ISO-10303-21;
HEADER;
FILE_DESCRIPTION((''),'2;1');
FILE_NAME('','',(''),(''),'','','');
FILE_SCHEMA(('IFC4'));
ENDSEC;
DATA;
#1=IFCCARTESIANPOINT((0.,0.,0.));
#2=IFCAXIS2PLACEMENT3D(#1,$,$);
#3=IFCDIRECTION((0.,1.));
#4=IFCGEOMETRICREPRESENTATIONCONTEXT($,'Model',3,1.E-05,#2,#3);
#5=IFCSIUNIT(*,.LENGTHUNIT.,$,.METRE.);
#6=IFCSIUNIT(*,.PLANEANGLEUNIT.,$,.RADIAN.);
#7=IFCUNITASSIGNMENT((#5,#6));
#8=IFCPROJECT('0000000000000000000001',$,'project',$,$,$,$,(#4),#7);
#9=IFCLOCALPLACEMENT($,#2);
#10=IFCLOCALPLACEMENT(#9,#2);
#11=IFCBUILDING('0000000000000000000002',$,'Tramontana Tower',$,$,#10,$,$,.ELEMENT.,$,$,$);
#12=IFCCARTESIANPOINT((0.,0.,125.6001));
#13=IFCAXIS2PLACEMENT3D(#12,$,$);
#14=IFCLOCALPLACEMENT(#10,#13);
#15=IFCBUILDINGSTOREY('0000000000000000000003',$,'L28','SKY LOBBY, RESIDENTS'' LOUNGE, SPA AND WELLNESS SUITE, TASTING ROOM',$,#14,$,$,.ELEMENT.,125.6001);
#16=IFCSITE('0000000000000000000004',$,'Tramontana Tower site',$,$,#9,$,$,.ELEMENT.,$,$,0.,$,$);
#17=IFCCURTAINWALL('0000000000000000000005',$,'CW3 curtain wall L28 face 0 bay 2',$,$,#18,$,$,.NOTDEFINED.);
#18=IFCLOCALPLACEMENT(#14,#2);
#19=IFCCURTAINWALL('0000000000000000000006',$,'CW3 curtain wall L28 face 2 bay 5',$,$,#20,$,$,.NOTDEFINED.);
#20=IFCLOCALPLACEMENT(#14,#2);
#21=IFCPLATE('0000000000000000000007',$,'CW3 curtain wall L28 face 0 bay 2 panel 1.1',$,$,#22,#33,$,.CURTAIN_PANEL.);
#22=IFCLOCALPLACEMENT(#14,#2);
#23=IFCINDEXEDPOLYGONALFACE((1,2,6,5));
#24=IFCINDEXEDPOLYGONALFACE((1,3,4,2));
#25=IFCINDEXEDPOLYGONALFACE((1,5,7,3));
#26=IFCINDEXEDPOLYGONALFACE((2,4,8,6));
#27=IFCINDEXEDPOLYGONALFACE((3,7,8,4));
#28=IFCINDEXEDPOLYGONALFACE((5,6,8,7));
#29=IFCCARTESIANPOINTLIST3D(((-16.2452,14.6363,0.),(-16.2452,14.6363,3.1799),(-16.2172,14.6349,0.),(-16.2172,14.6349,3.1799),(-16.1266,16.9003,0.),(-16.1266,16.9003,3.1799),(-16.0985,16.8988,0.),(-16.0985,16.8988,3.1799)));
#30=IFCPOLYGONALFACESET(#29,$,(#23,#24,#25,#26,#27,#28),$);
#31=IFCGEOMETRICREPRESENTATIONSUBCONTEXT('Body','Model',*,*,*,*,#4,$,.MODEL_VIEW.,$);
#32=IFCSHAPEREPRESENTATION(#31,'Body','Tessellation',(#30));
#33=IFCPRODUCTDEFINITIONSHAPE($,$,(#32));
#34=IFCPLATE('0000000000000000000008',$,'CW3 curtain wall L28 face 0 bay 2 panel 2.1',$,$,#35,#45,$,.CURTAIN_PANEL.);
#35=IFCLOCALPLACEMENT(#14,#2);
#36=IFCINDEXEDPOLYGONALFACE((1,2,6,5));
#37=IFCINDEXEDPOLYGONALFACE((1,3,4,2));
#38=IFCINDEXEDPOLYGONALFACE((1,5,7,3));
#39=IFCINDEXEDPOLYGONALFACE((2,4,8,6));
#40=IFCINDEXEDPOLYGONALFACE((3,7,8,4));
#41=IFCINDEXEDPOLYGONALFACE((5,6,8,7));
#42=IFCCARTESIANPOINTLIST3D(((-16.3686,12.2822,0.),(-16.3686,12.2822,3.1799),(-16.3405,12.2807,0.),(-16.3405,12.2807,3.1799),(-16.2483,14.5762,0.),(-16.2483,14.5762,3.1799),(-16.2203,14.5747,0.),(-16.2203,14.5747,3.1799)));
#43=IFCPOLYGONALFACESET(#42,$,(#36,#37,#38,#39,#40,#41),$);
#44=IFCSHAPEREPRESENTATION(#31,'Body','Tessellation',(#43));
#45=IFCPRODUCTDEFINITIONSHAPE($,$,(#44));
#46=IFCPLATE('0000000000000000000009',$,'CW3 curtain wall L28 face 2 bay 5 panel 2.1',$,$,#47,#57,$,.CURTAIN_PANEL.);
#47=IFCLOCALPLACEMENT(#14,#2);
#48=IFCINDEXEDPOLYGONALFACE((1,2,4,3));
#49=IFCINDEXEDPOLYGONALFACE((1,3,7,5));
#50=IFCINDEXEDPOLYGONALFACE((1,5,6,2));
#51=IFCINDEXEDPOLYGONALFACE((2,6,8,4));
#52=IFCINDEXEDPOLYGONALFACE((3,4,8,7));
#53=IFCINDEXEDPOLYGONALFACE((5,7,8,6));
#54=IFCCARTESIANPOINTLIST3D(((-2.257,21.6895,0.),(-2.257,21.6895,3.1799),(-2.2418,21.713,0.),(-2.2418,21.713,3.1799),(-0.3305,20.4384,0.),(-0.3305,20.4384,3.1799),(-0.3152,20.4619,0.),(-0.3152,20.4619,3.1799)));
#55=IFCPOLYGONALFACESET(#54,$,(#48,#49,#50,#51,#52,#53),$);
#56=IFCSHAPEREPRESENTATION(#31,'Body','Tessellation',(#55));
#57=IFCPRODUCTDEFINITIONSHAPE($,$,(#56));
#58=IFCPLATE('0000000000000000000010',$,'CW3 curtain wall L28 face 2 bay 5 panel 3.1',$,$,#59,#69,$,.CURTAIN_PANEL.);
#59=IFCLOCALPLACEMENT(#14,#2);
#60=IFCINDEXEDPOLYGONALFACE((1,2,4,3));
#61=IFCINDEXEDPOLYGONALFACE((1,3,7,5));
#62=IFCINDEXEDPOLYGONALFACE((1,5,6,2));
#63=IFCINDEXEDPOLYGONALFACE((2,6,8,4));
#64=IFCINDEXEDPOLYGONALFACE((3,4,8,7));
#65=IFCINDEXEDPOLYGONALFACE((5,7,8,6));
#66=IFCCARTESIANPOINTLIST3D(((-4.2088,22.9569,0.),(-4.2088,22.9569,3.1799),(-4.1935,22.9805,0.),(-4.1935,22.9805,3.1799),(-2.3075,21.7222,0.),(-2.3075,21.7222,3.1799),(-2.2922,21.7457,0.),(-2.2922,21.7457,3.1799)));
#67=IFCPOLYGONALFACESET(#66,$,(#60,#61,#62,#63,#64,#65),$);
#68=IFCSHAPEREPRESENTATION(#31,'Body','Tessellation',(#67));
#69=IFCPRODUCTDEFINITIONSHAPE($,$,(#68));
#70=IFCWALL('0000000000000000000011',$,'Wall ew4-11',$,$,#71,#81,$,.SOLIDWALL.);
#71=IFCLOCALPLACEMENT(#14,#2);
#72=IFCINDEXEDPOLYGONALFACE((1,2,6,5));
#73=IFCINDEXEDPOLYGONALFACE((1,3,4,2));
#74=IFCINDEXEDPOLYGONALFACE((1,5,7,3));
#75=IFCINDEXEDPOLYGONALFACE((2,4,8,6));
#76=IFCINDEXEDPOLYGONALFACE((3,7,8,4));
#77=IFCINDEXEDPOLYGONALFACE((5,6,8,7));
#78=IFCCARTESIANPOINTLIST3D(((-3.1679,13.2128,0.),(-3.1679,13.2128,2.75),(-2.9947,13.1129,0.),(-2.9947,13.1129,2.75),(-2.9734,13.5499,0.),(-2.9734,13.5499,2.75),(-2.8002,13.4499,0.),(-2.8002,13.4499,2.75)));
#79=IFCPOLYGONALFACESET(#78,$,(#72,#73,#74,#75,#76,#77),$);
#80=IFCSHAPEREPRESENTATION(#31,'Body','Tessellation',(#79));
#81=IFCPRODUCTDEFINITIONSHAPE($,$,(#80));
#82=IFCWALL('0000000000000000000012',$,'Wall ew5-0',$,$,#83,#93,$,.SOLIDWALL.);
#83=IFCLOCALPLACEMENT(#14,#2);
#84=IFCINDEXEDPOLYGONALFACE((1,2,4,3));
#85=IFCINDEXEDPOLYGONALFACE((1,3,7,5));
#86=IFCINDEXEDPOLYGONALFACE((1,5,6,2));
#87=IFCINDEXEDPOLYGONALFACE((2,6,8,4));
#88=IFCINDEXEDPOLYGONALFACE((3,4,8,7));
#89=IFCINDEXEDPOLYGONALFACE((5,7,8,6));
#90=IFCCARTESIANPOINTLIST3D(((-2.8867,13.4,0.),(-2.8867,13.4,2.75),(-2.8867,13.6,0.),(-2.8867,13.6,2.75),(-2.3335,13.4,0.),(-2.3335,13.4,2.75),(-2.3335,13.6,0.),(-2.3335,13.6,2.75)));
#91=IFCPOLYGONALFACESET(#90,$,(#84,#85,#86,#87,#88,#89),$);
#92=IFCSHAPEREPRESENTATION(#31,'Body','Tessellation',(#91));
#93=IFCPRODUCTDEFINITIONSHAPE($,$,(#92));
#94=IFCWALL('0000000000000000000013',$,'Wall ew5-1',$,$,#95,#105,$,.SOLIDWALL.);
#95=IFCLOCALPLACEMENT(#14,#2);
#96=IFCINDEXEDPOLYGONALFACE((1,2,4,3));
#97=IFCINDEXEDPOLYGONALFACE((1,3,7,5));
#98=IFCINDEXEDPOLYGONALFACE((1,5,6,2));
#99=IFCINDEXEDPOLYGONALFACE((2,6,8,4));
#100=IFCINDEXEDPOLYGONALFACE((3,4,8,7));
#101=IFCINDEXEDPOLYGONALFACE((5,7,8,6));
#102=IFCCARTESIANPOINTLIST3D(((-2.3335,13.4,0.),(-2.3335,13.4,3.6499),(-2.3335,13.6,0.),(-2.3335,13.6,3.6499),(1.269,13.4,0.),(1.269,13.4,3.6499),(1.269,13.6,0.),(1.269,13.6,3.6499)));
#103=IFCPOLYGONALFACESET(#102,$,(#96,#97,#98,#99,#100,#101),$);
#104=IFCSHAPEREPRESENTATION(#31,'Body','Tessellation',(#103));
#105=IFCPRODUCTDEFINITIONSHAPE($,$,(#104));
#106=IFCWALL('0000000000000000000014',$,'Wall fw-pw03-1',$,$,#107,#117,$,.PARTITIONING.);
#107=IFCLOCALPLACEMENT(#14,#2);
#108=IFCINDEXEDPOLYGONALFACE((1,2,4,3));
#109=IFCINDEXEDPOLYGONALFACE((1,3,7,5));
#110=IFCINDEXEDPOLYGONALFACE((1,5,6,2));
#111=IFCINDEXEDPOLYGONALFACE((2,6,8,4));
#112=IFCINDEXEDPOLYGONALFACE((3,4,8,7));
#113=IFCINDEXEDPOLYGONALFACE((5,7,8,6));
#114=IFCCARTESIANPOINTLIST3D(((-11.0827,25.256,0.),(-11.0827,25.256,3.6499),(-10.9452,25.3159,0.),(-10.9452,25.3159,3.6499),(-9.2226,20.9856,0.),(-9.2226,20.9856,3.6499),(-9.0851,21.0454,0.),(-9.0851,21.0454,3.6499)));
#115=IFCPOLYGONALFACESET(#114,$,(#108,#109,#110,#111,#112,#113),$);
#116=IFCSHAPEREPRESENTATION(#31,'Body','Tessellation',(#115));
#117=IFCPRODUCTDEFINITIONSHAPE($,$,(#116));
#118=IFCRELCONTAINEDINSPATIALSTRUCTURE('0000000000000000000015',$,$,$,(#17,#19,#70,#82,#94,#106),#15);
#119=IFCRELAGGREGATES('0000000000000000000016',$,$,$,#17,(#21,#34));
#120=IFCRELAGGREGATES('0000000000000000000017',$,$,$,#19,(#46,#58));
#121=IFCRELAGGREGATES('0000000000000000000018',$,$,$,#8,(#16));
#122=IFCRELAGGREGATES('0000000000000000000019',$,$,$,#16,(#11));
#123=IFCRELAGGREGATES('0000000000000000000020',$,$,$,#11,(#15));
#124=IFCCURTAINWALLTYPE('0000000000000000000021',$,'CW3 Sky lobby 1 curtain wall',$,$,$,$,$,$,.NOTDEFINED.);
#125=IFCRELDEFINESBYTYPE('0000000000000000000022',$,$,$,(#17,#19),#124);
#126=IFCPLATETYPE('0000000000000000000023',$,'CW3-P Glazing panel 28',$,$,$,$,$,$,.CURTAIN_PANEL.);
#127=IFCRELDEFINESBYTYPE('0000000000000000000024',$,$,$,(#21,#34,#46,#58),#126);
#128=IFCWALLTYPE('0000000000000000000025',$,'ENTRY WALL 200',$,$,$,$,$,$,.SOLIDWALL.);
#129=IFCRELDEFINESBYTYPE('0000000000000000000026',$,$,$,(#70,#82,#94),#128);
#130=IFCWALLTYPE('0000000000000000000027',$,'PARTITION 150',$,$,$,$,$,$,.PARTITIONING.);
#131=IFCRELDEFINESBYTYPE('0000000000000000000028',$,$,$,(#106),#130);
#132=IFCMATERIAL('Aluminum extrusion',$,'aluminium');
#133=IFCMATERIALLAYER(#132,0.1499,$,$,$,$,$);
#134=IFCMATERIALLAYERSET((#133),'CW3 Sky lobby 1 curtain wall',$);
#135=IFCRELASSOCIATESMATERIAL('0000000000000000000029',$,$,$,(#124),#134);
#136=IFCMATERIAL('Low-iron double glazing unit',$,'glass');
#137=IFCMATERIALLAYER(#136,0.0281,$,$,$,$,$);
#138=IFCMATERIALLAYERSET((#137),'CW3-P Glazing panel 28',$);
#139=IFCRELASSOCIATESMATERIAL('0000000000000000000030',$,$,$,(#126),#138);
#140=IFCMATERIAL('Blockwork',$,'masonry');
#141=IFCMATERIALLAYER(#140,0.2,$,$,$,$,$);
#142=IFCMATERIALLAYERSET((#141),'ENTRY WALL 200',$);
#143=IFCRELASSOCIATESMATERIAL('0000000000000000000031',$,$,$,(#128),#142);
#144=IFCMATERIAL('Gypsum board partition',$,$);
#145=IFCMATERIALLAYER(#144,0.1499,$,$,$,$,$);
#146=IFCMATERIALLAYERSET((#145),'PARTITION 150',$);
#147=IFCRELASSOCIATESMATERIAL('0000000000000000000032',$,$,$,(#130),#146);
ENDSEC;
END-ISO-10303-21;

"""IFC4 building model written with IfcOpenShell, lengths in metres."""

from ifc_helpers import new_model, si_unit, direction, frame, frame_2d, origin, origin_2d, place, context, subcontext, project, spatial, rectangle, extrude, material, layer, layer_set, type_object, element, aggregate, save


model = new_model("IFC4")

# Units and contexts
model_context = context("Model", 3, precision=1e-05, world=origin(), true_north=direction((0.0, 1.0)))
body_context = subcontext(model_context, "Body", "Model", "MODEL_VIEW")
ifc_project = project(units=[si_unit("LENGTHUNIT", "METRE"), si_unit("PLANEANGLEUNIT", "RADIAN")], contexts=[model_context])

# Site, building, storey
site_placement = place(None, origin())
site = spatial("IfcSite", under=ifc_project, at=site_placement, Name="Tramontana Tower site", CompositionType="ELEMENT", RefElevation=0.0)
building_placement = place(site_placement, origin())
building = spatial("IfcBuilding", under=site, at=building_placement, Name="Tramontana Tower", CompositionType="ELEMENT")
storey_placement = place(building_placement, frame((0.0, 0.0, 125.6001)))
storey = spatial("IfcBuildingStorey", under=building, at=storey_placement, Name="L28", Description="SKY LOBBY, RESIDENTS' LOUNGE, SPA AND WELLNESS SUITE, TASTING ROOM", CompositionType="ELEMENT", Elevation=125.6001)

# Curtain wall
ifc_material_1 = material(Name="Aluminum extrusion", Category="aluminium")
ifc_layer_1 = layer(ifc_material_1, 0.1499)
ifc_layer_set_1 = layer_set([ifc_layer_1], Name="CW3 Sky lobby 1 curtain wall")
curtain_wall_type = type_object("IfcCurtainWallType", Name="CW3 Sky lobby 1 curtain wall", PredefinedType="NOTDEFINED", material=ifc_layer_set_1)
curtain_wall_1_placement = place(storey_placement, origin())
curtain_wall_1 = element("IfcCurtainWall", 1, at=curtain_wall_1_placement, inside=storey, type_object=curtain_wall_type, Name="CW3 curtain wall L28 face 0 bay 2", PredefinedType="NOTDEFINED")

# Curtain wall
curtain_wall_2_placement = place(storey_placement, origin())
curtain_wall_2 = element("IfcCurtainWall", 2, at=curtain_wall_2_placement, inside=storey, type_object=curtain_wall_type, Name="CW3 curtain wall L28 face 2 bay 5", PredefinedType="NOTDEFINED")

# Plates
ifc_material_2 = material(Name="Low-iron double glazing unit", Category="glass")
ifc_layer_2 = layer(ifc_material_2, 0.0281)
ifc_layer_set_2 = layer_set([ifc_layer_2], Name="CW3-P Glazing panel 28")
plate_type = type_object("IfcPlateType", Name="CW3-P Glazing panel 28", PredefinedType="CURTAIN_PANEL", material=ifc_layer_set_2)
plate_1_placement = place(storey_placement, frame((-16.1719, 15.7676, 0.0), z_axis=(0.0, 0.0, 1.0), x_axis=(-0.052336, -0.99863, 0.0)))
plate_1 = element("IfcPlate", 3, at=plate_1_placement, type_object=plate_type, Name="CW3 curtain wall L28 face 0 bay 2 panel 1.1", PredefinedType="CURTAIN_PANEL", context=body_context, shape_type="SweptSolid", body=[
    extrude(rectangle(XDim=2.2671, YDim=0.0281, at=origin_2d()), origin(), (0.0, 0.0, 1.0), 3.1799),
])
plate_2_placement = place(storey_placement, frame((-16.2944, 13.4285, 0.0), z_axis=(0.0, 0.0, 1.0), x_axis=(-0.052336, -0.99863, 0.0)))
plate_2 = element("IfcPlate", 4, at=plate_2_placement, type_object=plate_type, Name="CW3 curtain wall L28 face 0 bay 2 panel 2.1", PredefinedType="CURTAIN_PANEL", context=body_context, shape_type="SweptSolid", body=[
    extrude(rectangle(XDim=2.2971, YDim=0.0281, at=origin_2d()), origin(), (0.0, 0.0, 1.0), 3.1799),
])
aggregate(curtain_wall_1, [plate_1, plate_2])
plate_3_placement = place(storey_placement, frame((-1.2861, 21.0757, 0.0), z_axis=(0.0, 0.0, 1.0), x_axis=(-0.838671, 0.544639, 0.0)))
plate_3 = element("IfcPlate", 5, at=plate_3_placement, type_object=plate_type, Name="CW3 curtain wall L28 face 2 bay 5 panel 2.1", PredefinedType="CURTAIN_PANEL", context=body_context, shape_type="SweptSolid", body=[
    extrude(rectangle(XDim=2.2971, YDim=0.0281, at=origin_2d()), origin(), (0.0, 0.0, 1.0), 3.1799),
])
plate_4_placement = place(storey_placement, frame((-3.2505, 22.3513, 0.0), z_axis=(0.0, 0.0, 1.0), x_axis=(-0.838671, 0.544639, 0.0)))
plate_4 = element("IfcPlate", 6, at=plate_4_placement, type_object=plate_type, Name="CW3 curtain wall L28 face 2 bay 5 panel 3.1", PredefinedType="CURTAIN_PANEL", context=body_context, shape_type="SweptSolid", body=[
    extrude(rectangle(XDim=2.2671, YDim=0.0281, at=origin_2d()), origin(), (0.0, 0.0, 1.0), 3.1799),
])
aggregate(curtain_wall_2, [plate_3, plate_4])

# Walls
ifc_material_3 = material(Name="Blockwork", Category="masonry")
ifc_layer_3 = layer(ifc_material_3, 0.2)
ifc_layer_set_3 = layer_set([ifc_layer_3], Name="ENTRY WALL 200")
wall_type_1 = type_object("IfcWallType", Name="ENTRY WALL 200", PredefinedType="SOLIDWALL", material=ifc_layer_set_3)
wall_1_placement = place(storey_placement, frame((-3.0813, 13.1628, 0.0), z_axis=(0.0, 0.0, 1.0), x_axis=(0.499849, 0.866112, 0.0)))
element("IfcWall", 7, at=wall_1_placement, inside=storey, type_object=wall_type_1, Name="Wall ew4-11", PredefinedType="SOLIDWALL", context=body_context, shape_type="SweptSolid", body=[
    extrude(rectangle(XDim=0.3892, YDim=0.2, at=frame_2d((0.1946, 0.0))), origin(), (0.0, 0.0, 1.0), 2.75),
])
wall_2_placement = place(storey_placement, frame((-2.8867, 13.5, 0.0), z_axis=(0.0, 0.0, 1.0), x_axis=(1.0, 0.0, 0.0)))
element("IfcWall", 8, at=wall_2_placement, inside=storey, type_object=wall_type_1, Name="Wall ew5-0", PredefinedType="SOLIDWALL", context=body_context, shape_type="SweptSolid", body=[
    extrude(rectangle(XDim=0.5532, YDim=0.2, at=frame_2d((0.2766, 0.0))), origin(), (0.0, 0.0, 1.0), 2.75),
])
wall_3_placement = place(storey_placement, frame((-2.3335, 13.5, 0.0), z_axis=(0.0, 0.0, 1.0), x_axis=(1.0, 0.0, 0.0)))
element("IfcWall", 9, at=wall_3_placement, inside=storey, type_object=wall_type_1, Name="Wall ew5-1", PredefinedType="SOLIDWALL", context=body_context, shape_type="SweptSolid", body=[
    extrude(rectangle(XDim=3.6025, YDim=0.2, at=frame_2d((1.8013, 0.0))), origin(), (0.0, 0.0, 1.0), 3.6499),
])
ifc_material_4 = material(Name="Gypsum board partition")
ifc_layer_4 = layer(ifc_material_4, 0.1499)
ifc_layer_set_4 = layer_set([ifc_layer_4], Name="PARTITION 150")
wall_type_2 = type_object("IfcWallType", Name="PARTITION 150", PredefinedType="PARTITIONING", material=ifc_layer_set_4)
wall_4_placement = place(storey_placement, frame((-9.1538, 21.0154, 0.0), z_axis=(0.0, 0.0, 1.0), x_axis=(-0.399334, 0.916806, 0.0)))
element("IfcWall", 10, at=wall_4_placement, inside=storey, type_object=wall_type_2, Name="Wall fw-pw03-1", PredefinedType="PARTITIONING", context=body_context, shape_type="SweptSolid", body=[
    extrude(rectangle(XDim=4.658, YDim=0.1499, at=frame_2d((2.3291, 0.0))), origin(), (0.0, 0.0, 1.0), 3.6499),
])

save(model, "model.ifc")
